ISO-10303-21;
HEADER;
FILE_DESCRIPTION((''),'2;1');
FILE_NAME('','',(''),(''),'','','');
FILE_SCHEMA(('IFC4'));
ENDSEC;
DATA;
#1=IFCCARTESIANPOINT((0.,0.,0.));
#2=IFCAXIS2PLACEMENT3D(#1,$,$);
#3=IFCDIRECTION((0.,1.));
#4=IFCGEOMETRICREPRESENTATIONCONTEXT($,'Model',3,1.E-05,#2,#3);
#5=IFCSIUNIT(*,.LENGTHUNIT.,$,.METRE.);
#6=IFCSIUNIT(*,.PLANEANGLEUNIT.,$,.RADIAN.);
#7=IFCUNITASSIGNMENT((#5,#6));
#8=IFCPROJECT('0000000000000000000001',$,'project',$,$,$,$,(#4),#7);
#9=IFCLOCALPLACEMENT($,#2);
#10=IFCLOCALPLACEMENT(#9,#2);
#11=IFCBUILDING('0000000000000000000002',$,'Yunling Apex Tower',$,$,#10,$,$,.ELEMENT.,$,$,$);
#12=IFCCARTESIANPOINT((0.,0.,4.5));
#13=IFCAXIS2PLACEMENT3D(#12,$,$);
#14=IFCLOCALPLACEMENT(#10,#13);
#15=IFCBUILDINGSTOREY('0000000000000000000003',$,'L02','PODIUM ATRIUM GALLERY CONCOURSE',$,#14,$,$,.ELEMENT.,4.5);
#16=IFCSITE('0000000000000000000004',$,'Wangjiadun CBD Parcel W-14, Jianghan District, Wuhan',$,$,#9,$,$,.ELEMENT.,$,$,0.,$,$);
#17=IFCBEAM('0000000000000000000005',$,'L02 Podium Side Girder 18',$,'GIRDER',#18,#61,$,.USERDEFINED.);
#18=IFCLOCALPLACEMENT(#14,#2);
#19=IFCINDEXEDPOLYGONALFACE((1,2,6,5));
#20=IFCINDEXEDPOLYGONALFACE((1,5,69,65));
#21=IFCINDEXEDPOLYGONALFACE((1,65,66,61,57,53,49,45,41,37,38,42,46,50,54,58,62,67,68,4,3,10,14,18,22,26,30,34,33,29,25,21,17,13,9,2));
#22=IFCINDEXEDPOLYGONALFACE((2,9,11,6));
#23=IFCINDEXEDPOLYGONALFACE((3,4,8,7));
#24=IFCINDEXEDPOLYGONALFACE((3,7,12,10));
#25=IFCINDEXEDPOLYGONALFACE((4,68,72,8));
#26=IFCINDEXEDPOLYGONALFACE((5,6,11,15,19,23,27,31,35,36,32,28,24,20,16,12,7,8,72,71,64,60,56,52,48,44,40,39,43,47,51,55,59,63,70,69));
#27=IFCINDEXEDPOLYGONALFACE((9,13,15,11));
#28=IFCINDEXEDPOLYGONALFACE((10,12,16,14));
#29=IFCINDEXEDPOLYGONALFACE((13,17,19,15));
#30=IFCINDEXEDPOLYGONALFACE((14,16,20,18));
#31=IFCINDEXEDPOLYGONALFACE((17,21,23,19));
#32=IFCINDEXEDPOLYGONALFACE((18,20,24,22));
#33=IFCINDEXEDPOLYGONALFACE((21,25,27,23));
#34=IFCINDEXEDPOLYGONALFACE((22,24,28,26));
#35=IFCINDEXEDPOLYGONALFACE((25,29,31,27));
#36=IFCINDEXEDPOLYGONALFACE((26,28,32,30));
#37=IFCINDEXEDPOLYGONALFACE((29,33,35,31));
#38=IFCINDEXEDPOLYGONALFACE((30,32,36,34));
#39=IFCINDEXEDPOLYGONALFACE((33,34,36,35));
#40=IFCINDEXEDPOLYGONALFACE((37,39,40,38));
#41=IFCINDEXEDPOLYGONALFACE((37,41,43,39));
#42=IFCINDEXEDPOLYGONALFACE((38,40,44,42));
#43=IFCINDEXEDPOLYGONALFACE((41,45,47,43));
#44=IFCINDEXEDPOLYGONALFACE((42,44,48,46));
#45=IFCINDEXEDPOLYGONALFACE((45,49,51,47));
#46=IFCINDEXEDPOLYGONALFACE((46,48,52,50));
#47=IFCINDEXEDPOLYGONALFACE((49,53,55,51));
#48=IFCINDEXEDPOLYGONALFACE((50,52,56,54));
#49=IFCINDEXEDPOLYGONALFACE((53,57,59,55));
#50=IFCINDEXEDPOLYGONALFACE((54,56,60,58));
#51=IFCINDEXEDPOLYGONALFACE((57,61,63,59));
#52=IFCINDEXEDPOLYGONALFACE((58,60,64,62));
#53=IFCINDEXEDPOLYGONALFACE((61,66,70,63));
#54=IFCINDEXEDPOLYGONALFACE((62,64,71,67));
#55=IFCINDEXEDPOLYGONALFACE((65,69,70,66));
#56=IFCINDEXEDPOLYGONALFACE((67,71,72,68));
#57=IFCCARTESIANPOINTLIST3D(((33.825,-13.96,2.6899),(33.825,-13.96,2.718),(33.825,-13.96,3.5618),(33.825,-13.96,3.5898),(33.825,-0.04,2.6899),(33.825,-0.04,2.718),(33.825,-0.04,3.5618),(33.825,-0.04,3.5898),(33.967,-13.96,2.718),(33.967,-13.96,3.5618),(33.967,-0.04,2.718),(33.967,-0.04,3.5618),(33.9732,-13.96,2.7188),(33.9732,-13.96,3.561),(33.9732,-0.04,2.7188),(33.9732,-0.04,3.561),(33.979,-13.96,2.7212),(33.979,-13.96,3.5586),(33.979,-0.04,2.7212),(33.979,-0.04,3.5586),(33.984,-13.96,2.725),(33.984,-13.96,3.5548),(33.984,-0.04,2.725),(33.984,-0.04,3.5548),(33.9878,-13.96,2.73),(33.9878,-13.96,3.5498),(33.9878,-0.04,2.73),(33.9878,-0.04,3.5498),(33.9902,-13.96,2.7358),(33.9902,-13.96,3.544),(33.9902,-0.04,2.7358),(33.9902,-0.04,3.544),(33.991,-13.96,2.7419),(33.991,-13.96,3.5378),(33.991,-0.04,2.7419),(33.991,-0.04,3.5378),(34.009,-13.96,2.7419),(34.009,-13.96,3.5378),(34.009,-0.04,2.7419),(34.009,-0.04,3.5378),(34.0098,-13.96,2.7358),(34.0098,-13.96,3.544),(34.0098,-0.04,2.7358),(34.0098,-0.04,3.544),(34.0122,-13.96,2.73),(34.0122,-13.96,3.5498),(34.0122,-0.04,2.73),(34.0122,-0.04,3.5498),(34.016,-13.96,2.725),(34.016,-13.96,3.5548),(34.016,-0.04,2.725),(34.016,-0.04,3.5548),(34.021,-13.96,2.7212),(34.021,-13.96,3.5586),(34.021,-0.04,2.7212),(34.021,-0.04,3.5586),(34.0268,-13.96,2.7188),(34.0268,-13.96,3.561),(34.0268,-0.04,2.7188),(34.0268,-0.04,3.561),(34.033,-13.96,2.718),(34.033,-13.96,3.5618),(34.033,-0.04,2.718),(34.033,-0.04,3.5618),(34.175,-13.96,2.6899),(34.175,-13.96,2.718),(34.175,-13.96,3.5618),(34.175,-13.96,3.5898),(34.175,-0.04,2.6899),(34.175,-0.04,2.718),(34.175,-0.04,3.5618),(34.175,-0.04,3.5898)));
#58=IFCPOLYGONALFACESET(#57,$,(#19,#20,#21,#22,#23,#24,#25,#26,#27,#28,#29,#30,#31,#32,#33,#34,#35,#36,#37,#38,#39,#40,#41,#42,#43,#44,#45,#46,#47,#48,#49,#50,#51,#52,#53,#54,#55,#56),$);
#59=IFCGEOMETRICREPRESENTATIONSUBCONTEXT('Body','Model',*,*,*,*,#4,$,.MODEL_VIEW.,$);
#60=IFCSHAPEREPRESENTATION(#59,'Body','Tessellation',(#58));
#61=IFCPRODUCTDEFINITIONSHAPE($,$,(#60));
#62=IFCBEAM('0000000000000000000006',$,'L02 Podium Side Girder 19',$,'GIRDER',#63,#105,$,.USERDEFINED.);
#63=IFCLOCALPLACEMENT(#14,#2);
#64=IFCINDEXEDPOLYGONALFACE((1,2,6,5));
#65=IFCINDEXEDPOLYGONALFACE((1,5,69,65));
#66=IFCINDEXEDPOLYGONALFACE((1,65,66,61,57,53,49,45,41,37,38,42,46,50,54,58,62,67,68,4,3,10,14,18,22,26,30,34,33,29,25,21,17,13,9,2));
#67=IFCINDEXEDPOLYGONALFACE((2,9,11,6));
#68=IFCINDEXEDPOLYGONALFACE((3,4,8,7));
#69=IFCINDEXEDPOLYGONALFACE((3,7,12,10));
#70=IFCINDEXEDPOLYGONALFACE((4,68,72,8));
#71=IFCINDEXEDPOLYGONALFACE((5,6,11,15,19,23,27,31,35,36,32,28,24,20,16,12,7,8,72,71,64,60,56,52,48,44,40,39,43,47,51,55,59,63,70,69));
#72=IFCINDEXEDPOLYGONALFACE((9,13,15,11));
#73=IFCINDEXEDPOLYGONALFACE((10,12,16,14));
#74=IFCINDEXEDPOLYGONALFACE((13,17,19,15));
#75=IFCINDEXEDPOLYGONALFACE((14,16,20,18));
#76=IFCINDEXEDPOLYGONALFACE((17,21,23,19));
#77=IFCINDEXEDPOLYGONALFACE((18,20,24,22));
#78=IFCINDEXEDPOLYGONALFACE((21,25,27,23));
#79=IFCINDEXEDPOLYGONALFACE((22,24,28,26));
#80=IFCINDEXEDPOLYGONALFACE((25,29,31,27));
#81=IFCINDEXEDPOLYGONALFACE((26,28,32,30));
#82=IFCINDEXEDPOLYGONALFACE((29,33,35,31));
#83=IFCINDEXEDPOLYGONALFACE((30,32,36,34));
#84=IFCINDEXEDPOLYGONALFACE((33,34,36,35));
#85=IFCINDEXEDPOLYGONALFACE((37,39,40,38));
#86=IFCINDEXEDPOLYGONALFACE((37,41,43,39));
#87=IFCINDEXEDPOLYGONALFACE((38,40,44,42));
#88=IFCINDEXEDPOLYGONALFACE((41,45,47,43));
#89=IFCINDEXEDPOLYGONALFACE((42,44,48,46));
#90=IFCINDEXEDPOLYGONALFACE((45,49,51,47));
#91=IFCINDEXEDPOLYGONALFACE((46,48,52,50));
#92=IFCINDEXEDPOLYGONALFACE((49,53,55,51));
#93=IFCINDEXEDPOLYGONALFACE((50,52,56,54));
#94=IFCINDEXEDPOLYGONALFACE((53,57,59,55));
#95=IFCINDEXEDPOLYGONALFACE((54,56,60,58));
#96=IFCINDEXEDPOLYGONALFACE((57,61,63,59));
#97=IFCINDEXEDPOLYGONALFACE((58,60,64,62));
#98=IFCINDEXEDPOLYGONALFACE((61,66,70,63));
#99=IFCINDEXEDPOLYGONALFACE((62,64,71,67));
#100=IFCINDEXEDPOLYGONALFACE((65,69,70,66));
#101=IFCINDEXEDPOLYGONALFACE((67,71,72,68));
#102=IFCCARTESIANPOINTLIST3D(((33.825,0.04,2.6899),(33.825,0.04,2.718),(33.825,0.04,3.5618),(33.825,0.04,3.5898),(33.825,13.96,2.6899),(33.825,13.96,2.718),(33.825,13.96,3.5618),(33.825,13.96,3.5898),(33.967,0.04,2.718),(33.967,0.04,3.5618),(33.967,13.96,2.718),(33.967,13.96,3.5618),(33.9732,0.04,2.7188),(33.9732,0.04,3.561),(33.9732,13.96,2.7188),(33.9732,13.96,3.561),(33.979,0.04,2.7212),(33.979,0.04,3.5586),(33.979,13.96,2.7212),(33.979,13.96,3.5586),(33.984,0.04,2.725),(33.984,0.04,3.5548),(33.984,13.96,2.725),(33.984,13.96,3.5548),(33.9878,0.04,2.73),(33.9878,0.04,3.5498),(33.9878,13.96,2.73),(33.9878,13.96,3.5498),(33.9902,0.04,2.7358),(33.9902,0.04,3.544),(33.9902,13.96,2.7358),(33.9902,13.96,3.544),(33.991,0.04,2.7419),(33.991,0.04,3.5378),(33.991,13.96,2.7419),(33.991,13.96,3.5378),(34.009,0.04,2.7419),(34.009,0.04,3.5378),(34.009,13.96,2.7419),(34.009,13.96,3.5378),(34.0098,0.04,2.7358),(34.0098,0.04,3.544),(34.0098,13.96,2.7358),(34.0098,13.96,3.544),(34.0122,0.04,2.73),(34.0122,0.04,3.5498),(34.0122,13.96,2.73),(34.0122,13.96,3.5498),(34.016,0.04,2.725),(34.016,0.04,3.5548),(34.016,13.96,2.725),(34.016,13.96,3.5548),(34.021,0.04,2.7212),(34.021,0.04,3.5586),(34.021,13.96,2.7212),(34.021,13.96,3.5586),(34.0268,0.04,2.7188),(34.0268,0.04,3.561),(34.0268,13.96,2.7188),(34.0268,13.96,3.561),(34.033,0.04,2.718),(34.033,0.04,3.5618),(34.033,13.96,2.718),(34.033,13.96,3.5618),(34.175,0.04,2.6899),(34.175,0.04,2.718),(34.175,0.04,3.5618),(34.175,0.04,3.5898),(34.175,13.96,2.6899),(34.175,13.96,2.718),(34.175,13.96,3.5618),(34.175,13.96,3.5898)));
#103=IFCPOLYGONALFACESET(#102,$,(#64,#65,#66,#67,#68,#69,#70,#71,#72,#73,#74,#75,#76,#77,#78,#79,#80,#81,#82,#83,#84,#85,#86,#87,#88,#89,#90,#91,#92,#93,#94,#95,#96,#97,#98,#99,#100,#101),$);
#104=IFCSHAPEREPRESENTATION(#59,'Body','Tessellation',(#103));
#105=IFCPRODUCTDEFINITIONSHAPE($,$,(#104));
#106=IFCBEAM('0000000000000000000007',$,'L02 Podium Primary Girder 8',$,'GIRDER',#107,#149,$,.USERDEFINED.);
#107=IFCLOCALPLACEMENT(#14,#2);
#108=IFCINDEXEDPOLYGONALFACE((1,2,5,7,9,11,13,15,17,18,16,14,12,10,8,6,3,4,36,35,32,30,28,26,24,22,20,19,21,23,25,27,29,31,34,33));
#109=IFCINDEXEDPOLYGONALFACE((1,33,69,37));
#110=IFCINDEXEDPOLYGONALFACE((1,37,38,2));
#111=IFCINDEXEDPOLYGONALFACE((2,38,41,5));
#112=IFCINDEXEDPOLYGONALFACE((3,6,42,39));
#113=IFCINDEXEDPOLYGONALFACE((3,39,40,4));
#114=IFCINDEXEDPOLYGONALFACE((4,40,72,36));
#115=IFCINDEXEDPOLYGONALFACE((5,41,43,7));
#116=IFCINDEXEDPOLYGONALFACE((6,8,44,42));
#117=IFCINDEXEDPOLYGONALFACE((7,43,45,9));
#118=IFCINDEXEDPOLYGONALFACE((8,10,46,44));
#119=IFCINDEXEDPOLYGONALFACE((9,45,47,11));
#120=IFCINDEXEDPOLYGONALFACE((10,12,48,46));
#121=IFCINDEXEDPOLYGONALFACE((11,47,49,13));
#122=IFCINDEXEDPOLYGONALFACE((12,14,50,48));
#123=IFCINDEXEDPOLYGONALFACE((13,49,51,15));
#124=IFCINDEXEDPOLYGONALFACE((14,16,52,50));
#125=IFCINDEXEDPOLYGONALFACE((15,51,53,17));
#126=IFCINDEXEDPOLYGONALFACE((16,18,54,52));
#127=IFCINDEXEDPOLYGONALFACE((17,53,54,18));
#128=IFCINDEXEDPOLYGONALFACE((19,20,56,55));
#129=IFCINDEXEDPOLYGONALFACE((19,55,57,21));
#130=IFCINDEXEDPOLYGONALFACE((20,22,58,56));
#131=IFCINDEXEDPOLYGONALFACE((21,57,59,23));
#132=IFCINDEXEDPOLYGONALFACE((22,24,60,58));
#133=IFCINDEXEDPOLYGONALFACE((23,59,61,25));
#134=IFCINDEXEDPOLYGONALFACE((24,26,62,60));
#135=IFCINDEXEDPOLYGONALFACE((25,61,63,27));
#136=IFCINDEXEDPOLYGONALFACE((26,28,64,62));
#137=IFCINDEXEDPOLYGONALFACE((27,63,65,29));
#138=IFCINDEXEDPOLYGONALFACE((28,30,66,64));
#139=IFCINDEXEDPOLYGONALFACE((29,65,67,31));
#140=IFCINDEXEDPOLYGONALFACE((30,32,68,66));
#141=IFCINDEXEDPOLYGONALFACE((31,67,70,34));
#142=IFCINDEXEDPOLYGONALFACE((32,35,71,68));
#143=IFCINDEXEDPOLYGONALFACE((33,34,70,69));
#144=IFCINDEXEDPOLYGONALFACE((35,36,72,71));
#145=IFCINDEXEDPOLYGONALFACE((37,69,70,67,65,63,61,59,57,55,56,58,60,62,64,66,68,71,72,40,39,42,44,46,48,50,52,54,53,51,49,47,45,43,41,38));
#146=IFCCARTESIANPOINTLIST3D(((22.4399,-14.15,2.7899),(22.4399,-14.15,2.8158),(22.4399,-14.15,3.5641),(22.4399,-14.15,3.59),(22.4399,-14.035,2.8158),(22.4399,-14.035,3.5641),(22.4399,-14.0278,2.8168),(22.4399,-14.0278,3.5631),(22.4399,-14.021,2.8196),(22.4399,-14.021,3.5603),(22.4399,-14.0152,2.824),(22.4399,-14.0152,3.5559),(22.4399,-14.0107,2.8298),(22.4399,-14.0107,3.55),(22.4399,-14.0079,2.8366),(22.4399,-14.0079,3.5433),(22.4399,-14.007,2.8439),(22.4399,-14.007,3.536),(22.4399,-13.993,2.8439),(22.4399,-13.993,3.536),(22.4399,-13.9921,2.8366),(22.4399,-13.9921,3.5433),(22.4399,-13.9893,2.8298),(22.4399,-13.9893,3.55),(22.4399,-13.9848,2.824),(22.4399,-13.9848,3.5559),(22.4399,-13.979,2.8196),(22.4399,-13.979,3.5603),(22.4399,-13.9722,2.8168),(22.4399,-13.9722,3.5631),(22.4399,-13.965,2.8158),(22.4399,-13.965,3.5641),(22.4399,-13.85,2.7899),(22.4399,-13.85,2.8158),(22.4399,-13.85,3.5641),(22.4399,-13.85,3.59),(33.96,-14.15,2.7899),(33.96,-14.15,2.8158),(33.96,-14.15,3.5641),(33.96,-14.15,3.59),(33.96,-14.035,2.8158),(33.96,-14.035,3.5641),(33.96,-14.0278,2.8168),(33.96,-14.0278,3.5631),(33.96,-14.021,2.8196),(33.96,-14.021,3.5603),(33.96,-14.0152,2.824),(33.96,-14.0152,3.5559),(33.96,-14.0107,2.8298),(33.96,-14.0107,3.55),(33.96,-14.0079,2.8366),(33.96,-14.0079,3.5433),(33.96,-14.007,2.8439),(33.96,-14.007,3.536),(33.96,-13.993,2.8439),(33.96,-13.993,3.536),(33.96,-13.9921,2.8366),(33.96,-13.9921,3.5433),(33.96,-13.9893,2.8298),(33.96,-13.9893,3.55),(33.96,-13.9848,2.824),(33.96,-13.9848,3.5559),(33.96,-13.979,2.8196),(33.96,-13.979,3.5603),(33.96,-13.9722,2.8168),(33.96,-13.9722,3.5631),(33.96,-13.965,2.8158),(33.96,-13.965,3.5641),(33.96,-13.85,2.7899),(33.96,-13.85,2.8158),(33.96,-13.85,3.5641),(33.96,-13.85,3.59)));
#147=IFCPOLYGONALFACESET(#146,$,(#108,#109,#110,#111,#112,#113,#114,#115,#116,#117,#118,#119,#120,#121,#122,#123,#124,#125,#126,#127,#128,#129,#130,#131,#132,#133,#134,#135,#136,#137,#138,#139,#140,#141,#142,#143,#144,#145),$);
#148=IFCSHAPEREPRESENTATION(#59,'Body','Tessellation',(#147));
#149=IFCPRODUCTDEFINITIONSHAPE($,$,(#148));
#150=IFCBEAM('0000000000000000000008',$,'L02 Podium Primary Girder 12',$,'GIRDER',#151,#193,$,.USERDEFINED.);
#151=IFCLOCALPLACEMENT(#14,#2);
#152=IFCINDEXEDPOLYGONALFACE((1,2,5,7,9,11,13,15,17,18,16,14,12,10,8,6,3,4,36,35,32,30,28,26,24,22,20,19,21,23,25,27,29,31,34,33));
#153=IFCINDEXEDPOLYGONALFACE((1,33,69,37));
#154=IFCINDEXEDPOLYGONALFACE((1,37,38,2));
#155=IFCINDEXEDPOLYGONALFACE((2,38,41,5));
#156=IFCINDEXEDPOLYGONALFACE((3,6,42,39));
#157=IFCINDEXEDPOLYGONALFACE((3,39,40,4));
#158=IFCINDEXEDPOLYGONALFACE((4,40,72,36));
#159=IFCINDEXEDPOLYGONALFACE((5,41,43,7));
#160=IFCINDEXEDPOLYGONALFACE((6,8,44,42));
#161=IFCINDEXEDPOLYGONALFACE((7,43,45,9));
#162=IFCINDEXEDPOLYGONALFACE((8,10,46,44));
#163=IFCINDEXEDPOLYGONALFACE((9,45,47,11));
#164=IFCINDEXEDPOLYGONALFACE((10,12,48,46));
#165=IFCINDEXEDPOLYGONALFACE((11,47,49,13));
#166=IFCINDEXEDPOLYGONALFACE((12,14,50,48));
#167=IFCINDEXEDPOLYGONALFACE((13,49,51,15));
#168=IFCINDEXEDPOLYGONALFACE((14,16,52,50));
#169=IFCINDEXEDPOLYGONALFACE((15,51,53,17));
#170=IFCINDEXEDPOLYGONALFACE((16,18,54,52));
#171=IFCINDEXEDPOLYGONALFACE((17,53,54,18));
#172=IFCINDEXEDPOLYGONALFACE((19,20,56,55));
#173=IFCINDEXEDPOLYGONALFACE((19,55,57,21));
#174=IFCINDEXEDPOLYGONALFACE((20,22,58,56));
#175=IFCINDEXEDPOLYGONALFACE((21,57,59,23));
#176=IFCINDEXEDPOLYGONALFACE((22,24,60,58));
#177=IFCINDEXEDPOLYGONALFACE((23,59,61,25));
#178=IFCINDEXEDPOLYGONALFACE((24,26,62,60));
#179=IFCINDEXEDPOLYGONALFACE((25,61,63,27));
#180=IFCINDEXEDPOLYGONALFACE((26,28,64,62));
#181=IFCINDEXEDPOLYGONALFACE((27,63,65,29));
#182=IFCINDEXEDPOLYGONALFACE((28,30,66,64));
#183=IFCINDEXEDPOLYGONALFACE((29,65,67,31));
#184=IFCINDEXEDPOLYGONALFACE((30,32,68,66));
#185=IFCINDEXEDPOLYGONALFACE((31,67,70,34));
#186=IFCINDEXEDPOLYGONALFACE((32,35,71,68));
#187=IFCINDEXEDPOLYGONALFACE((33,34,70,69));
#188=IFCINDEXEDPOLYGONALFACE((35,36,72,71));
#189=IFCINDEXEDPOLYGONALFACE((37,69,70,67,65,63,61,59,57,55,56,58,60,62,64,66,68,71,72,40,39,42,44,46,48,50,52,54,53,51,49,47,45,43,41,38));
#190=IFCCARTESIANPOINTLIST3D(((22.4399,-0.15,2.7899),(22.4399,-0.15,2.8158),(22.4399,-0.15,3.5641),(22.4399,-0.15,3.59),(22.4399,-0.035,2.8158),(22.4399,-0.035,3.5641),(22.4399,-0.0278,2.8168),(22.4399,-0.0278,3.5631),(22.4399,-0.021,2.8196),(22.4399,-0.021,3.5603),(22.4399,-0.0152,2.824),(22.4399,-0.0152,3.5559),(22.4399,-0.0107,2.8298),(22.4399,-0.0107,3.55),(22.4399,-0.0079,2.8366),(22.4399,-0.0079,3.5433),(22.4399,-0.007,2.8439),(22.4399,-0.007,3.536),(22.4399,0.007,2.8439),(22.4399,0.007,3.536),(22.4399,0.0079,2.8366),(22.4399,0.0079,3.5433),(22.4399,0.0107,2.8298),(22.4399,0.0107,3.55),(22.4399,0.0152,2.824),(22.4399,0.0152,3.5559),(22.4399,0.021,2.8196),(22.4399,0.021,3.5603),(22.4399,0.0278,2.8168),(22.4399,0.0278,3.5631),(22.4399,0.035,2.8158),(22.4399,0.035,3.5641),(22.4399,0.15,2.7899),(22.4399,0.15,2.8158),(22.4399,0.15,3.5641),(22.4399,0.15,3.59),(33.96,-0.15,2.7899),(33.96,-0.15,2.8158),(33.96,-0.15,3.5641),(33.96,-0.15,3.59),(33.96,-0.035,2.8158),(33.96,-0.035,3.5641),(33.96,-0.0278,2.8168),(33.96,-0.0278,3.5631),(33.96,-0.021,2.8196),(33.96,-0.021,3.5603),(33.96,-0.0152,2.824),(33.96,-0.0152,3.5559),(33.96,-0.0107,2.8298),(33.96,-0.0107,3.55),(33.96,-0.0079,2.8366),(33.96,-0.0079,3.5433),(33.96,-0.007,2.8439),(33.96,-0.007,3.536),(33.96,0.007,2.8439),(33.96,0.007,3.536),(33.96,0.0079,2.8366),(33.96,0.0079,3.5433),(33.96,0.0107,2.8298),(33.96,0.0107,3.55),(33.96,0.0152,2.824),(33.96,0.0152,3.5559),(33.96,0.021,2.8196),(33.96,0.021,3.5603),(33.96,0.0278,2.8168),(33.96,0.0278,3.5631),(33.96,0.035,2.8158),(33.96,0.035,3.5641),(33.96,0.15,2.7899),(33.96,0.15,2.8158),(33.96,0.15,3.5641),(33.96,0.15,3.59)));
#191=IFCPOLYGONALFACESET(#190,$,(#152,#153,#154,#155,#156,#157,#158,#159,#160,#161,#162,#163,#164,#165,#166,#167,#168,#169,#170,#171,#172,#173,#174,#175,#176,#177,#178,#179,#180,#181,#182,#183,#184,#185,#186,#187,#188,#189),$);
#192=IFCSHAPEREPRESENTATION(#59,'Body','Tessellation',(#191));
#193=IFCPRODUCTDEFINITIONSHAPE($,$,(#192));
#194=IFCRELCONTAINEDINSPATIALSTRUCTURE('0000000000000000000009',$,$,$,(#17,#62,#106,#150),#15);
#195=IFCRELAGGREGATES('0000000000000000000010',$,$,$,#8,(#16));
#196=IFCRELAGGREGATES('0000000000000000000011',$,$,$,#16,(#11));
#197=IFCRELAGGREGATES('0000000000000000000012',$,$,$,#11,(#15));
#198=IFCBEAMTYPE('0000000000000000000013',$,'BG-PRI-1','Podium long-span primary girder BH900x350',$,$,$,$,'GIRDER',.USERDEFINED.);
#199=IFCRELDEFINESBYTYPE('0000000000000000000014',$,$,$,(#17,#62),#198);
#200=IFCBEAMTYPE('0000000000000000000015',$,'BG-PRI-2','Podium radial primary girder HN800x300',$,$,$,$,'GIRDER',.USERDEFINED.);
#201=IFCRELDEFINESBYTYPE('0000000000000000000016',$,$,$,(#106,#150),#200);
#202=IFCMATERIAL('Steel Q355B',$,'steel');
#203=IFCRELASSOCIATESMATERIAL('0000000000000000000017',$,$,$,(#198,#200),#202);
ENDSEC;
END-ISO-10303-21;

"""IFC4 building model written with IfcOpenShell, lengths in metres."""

from ifc_helpers import new_model, si_unit, direction, frame, origin, origin_2d, place, context, subcontext, project, spatial, i_section, extrude, source, transform, mapped, material, material_profile, profile_set, type_object, element, save


model = new_model("IFC4")

# Units and contexts
model_context = context("Model", 3, precision=1e-05, world=origin(), true_north=direction((0.0, 1.0)))
body_context = subcontext(model_context, "Body", "Model", "MODEL_VIEW")
ifc_project = project(units=[si_unit("LENGTHUNIT", "METRE"), si_unit("PLANEANGLEUNIT", "RADIAN")], contexts=[model_context])

# Site, building, storey
site_placement = place(None, origin())
site = spatial("IfcSite", under=ifc_project, at=site_placement, Name="Wangjiadun CBD Parcel W-14, Jianghan District, Wuhan", CompositionType="ELEMENT", RefElevation=0.0)
building_placement = place(site_placement, origin())
building = spatial("IfcBuilding", under=site, at=building_placement, Name="Yunling Apex Tower", CompositionType="ELEMENT")
storey_placement = place(building_placement, frame((0.0, 0.0, 4.5)))
storey = spatial("IfcBuildingStorey", under=building, at=storey_placement, Name="L02", Description="PODIUM ATRIUM GALLERY CONCOURSE", CompositionType="ELEMENT", Elevation=4.5)

# Beams
ifc_material_1 = material(Name="Steel Q355B", Category="steel")
ifc_material_profile_1 = material_profile(ifc_material_1, i_section(OverallWidth=0.3501, OverallDepth=0.8999, WebThickness=0.0181, FlangeThickness=0.0281, FilletRadius=0.0239, at=origin_2d()))
ifc_profile_set_1 = profile_set([ifc_material_profile_1], Name="Steel Q355B")
beam_type_1 = type_object("IfcBeamType", Name="BG-PRI-1", Description="Podium long-span primary girder BH900x350", ElementType="GIRDER", PredefinedType="USERDEFINED", material=ifc_profile_set_1)
shared_shape_1 = source(origin(), body_context, "Body", "SweptSolid", [
    extrude(i_section(OverallWidth=0.3501, OverallDepth=0.8999, WebThickness=0.0181, FlangeThickness=0.0281, FilletRadius=0.0239, at=origin_2d()), origin(), (0.0, 0.0, 1.0), 13.9199),
])
for number, where, z_axis, x_axis, name in (
    (1, (34.0, -13.96, 3.1399), (0.0, 1.0, 0.0), (-1.0, 0.0, 0.0), "L02 Podium Side Girder 18"),
    (2, (34.0, 0.04, 3.1399), (0.0, 1.0, 0.0), (-1.0, 0.0, 0.0), "L02 Podium Side Girder 19"),
):
    element("IfcBeam", number, at=place(storey_placement, frame(where, z_axis=z_axis, x_axis=x_axis)), inside=storey, type_object=beam_type_1, Name=name, ObjectType="GIRDER", PredefinedType="USERDEFINED", context=body_context, shape_type="MappedRepresentation", body=[
        mapped(shared_shape_1, transform((0.0, 0.0, 0.0), scale=1.0)),
    ])
ifc_material_profile_2 = material_profile(ifc_material_1, i_section(OverallWidth=0.3, OverallDepth=0.8, WebThickness=0.0139, FlangeThickness=0.0259, FilletRadius=0.0281, at=origin_2d()))
ifc_profile_set_2 = profile_set([ifc_material_profile_2], Name="Steel Q355B")
beam_type_2 = type_object("IfcBeamType", Name="BG-PRI-2", Description="Podium radial primary girder HN800x300", ElementType="GIRDER", PredefinedType="USERDEFINED", material=ifc_profile_set_2)
shared_shape_2 = source(origin(), body_context, "Body", "SweptSolid", [
    extrude(i_section(OverallWidth=0.3, OverallDepth=0.8, WebThickness=0.0139, FlangeThickness=0.0259, FilletRadius=0.0281, at=origin_2d()), origin(), (0.0, 0.0, 1.0), 11.52),
])
for number, where, z_axis, x_axis, name in (
    (3, (22.4399, -14.0, 3.1899), (1.0, 0.0, 0.0), (0.0, 1.0, 0.0), "L02 Podium Primary Girder 8"),
    (4, (22.4399, 0.0, 3.1899), (1.0, 0.0, 0.0), (0.0, 1.0, 0.0), "L02 Podium Primary Girder 12"),
):
    element("IfcBeam", number, at=place(storey_placement, frame(where, z_axis=z_axis, x_axis=x_axis)), inside=storey, type_object=beam_type_2, Name=name, ObjectType="GIRDER", PredefinedType="USERDEFINED", context=body_context, shape_type="MappedRepresentation", body=[
        mapped(shared_shape_2, transform((0.0, 0.0, 0.0), scale=1.0)),
    ])

save(model, "model.ifc")
